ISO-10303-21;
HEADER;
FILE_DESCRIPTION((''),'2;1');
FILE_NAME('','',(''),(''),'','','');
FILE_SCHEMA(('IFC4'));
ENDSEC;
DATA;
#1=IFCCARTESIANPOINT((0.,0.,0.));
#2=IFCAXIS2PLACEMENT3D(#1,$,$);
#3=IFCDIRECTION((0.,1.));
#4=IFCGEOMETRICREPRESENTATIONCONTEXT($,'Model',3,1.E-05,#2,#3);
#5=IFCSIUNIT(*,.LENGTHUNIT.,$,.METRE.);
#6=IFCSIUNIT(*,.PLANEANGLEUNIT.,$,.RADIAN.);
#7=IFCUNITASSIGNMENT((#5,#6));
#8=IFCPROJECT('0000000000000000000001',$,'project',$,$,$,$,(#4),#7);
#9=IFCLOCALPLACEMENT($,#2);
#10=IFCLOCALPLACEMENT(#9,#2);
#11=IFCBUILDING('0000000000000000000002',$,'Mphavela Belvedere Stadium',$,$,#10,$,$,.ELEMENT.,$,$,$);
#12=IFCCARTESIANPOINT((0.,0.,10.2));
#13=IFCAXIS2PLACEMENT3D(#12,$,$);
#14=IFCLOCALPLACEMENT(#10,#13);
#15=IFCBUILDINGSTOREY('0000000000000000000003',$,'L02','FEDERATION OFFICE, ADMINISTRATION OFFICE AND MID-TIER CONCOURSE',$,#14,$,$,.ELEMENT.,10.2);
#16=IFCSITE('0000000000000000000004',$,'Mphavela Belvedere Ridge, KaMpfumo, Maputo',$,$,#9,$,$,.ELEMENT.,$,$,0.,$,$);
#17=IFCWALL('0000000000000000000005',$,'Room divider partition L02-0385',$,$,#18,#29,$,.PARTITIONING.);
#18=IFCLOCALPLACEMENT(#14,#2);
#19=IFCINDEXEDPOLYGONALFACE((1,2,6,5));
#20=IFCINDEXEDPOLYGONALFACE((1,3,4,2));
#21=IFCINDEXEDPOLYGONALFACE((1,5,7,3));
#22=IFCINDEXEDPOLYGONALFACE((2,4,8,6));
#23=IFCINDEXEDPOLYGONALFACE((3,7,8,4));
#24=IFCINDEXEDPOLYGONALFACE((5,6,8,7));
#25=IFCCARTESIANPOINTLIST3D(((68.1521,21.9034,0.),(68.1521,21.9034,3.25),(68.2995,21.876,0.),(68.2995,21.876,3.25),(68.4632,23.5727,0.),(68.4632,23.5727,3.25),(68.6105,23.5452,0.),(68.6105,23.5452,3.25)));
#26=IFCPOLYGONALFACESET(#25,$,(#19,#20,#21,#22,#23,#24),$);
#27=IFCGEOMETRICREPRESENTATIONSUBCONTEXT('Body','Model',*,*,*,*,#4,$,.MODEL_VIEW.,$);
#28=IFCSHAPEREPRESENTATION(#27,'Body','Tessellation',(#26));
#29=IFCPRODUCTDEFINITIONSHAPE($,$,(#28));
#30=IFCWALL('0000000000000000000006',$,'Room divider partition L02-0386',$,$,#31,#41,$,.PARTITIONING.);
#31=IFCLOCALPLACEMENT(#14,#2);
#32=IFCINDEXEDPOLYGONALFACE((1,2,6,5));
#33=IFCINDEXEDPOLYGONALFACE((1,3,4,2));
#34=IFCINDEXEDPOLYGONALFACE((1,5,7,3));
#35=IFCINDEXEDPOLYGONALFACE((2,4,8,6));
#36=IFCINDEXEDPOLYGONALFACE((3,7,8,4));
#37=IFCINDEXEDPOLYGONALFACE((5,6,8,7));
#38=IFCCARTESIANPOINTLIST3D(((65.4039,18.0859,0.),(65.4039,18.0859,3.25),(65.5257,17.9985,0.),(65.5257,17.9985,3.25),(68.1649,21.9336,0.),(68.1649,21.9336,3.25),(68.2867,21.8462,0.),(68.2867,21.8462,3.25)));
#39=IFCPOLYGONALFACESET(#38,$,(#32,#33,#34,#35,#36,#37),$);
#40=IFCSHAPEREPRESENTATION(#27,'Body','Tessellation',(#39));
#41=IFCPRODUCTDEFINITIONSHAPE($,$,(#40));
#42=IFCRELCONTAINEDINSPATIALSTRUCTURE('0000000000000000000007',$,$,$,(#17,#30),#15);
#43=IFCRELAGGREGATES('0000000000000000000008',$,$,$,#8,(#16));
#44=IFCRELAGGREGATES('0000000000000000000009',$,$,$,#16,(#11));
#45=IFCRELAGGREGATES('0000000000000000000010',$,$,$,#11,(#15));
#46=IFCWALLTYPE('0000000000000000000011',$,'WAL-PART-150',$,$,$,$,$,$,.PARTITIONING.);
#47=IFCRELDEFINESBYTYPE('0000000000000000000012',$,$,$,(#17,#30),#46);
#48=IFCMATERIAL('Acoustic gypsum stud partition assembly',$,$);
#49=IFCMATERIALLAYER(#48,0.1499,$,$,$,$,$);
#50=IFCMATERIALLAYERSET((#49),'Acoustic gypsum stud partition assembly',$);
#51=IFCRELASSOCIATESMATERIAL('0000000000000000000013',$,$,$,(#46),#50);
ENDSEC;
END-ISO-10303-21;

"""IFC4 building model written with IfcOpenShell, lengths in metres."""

from ifc_helpers import new_model, si_unit, direction, frame, frame_2d, origin, place, context, subcontext, project, spatial, rectangle, extrude, material, layer, layer_set, type_object, element, save


model = new_model("IFC4")

# Units and contexts
model_context = context("Model", 3, precision=1e-05, world=origin(), true_north=direction((0.0, 1.0)))
body_context = subcontext(model_context, "Body", "Model", "MODEL_VIEW")
ifc_project = project(units=[si_unit("LENGTHUNIT", "METRE"), si_unit("PLANEANGLEUNIT", "RADIAN")], contexts=[model_context])

# Site, building, storey
site_placement = place(None, origin())
site = spatial("IfcSite", under=ifc_project, at=site_placement, Name="Mphavela Belvedere Ridge, KaMpfumo, Maputo", CompositionType="ELEMENT", RefElevation=0.0)
building_placement = place(site_placement, origin())
building = spatial("IfcBuilding", under=site, at=building_placement, Name="Mphavela Belvedere Stadium", CompositionType="ELEMENT")
storey_placement = place(building_placement, frame((0.0, 0.0, 10.2)))
storey = spatial("IfcBuildingStorey", under=building, at=storey_placement, Name="L02", Description="FEDERATION OFFICE, ADMINISTRATION OFFICE AND MID-TIER CONCOURSE", CompositionType="ELEMENT", Elevation=10.2)

# Walls
ifc_material_1 = material(Name="Acoustic gypsum stud partition assembly")
ifc_layer_1 = layer(ifc_material_1, 0.1499)
ifc_layer_set_1 = layer_set([ifc_layer_1], Name="Acoustic gypsum stud partition assembly")
wall_type_1 = type_object("IfcWallType", Name="WAL-PART-150", PredefinedType="PARTITIONING", material=ifc_layer_set_1)
wall_1_placement = place(storey_placement, frame((68.5369, 23.5591, 0.0), z_axis=(0.0, 0.0, 1.0), x_axis=(-0.183186, -0.983078, 0.0)))
element("IfcWall", 1, at=wall_1_placement, inside=storey, type_object=wall_type_1, Name="Room divider partition L02-0385", PredefinedType="PARTITIONING", context=body_context, shape_type="SweptSolid", body=[
    extrude(rectangle(XDim=1.698, YDim=0.1499, at=frame_2d((0.8491, 0.0))), origin(), (0.0, 0.0, 1.0), 3.25),
])
wall_2_placement = place(storey_placement, frame((68.2258, 21.8899, 0.0), z_axis=(0.0, 0.0, 1.0), x_axis=(-0.583007, -0.812467, 0.0)))
element("IfcWall", 2, at=wall_2_placement, inside=storey, type_object=wall_type_1, Name="Room divider partition L02-0386", PredefinedType="PARTITIONING", context=body_context, shape_type="SweptSolid", body=[
    extrude(rectangle(XDim=4.7358, YDim=0.1499, at=frame_2d((2.3679, 0.0))), origin(), (0.0, 0.0, 1.0), 3.25),
])

save(model, "model.ifc")
